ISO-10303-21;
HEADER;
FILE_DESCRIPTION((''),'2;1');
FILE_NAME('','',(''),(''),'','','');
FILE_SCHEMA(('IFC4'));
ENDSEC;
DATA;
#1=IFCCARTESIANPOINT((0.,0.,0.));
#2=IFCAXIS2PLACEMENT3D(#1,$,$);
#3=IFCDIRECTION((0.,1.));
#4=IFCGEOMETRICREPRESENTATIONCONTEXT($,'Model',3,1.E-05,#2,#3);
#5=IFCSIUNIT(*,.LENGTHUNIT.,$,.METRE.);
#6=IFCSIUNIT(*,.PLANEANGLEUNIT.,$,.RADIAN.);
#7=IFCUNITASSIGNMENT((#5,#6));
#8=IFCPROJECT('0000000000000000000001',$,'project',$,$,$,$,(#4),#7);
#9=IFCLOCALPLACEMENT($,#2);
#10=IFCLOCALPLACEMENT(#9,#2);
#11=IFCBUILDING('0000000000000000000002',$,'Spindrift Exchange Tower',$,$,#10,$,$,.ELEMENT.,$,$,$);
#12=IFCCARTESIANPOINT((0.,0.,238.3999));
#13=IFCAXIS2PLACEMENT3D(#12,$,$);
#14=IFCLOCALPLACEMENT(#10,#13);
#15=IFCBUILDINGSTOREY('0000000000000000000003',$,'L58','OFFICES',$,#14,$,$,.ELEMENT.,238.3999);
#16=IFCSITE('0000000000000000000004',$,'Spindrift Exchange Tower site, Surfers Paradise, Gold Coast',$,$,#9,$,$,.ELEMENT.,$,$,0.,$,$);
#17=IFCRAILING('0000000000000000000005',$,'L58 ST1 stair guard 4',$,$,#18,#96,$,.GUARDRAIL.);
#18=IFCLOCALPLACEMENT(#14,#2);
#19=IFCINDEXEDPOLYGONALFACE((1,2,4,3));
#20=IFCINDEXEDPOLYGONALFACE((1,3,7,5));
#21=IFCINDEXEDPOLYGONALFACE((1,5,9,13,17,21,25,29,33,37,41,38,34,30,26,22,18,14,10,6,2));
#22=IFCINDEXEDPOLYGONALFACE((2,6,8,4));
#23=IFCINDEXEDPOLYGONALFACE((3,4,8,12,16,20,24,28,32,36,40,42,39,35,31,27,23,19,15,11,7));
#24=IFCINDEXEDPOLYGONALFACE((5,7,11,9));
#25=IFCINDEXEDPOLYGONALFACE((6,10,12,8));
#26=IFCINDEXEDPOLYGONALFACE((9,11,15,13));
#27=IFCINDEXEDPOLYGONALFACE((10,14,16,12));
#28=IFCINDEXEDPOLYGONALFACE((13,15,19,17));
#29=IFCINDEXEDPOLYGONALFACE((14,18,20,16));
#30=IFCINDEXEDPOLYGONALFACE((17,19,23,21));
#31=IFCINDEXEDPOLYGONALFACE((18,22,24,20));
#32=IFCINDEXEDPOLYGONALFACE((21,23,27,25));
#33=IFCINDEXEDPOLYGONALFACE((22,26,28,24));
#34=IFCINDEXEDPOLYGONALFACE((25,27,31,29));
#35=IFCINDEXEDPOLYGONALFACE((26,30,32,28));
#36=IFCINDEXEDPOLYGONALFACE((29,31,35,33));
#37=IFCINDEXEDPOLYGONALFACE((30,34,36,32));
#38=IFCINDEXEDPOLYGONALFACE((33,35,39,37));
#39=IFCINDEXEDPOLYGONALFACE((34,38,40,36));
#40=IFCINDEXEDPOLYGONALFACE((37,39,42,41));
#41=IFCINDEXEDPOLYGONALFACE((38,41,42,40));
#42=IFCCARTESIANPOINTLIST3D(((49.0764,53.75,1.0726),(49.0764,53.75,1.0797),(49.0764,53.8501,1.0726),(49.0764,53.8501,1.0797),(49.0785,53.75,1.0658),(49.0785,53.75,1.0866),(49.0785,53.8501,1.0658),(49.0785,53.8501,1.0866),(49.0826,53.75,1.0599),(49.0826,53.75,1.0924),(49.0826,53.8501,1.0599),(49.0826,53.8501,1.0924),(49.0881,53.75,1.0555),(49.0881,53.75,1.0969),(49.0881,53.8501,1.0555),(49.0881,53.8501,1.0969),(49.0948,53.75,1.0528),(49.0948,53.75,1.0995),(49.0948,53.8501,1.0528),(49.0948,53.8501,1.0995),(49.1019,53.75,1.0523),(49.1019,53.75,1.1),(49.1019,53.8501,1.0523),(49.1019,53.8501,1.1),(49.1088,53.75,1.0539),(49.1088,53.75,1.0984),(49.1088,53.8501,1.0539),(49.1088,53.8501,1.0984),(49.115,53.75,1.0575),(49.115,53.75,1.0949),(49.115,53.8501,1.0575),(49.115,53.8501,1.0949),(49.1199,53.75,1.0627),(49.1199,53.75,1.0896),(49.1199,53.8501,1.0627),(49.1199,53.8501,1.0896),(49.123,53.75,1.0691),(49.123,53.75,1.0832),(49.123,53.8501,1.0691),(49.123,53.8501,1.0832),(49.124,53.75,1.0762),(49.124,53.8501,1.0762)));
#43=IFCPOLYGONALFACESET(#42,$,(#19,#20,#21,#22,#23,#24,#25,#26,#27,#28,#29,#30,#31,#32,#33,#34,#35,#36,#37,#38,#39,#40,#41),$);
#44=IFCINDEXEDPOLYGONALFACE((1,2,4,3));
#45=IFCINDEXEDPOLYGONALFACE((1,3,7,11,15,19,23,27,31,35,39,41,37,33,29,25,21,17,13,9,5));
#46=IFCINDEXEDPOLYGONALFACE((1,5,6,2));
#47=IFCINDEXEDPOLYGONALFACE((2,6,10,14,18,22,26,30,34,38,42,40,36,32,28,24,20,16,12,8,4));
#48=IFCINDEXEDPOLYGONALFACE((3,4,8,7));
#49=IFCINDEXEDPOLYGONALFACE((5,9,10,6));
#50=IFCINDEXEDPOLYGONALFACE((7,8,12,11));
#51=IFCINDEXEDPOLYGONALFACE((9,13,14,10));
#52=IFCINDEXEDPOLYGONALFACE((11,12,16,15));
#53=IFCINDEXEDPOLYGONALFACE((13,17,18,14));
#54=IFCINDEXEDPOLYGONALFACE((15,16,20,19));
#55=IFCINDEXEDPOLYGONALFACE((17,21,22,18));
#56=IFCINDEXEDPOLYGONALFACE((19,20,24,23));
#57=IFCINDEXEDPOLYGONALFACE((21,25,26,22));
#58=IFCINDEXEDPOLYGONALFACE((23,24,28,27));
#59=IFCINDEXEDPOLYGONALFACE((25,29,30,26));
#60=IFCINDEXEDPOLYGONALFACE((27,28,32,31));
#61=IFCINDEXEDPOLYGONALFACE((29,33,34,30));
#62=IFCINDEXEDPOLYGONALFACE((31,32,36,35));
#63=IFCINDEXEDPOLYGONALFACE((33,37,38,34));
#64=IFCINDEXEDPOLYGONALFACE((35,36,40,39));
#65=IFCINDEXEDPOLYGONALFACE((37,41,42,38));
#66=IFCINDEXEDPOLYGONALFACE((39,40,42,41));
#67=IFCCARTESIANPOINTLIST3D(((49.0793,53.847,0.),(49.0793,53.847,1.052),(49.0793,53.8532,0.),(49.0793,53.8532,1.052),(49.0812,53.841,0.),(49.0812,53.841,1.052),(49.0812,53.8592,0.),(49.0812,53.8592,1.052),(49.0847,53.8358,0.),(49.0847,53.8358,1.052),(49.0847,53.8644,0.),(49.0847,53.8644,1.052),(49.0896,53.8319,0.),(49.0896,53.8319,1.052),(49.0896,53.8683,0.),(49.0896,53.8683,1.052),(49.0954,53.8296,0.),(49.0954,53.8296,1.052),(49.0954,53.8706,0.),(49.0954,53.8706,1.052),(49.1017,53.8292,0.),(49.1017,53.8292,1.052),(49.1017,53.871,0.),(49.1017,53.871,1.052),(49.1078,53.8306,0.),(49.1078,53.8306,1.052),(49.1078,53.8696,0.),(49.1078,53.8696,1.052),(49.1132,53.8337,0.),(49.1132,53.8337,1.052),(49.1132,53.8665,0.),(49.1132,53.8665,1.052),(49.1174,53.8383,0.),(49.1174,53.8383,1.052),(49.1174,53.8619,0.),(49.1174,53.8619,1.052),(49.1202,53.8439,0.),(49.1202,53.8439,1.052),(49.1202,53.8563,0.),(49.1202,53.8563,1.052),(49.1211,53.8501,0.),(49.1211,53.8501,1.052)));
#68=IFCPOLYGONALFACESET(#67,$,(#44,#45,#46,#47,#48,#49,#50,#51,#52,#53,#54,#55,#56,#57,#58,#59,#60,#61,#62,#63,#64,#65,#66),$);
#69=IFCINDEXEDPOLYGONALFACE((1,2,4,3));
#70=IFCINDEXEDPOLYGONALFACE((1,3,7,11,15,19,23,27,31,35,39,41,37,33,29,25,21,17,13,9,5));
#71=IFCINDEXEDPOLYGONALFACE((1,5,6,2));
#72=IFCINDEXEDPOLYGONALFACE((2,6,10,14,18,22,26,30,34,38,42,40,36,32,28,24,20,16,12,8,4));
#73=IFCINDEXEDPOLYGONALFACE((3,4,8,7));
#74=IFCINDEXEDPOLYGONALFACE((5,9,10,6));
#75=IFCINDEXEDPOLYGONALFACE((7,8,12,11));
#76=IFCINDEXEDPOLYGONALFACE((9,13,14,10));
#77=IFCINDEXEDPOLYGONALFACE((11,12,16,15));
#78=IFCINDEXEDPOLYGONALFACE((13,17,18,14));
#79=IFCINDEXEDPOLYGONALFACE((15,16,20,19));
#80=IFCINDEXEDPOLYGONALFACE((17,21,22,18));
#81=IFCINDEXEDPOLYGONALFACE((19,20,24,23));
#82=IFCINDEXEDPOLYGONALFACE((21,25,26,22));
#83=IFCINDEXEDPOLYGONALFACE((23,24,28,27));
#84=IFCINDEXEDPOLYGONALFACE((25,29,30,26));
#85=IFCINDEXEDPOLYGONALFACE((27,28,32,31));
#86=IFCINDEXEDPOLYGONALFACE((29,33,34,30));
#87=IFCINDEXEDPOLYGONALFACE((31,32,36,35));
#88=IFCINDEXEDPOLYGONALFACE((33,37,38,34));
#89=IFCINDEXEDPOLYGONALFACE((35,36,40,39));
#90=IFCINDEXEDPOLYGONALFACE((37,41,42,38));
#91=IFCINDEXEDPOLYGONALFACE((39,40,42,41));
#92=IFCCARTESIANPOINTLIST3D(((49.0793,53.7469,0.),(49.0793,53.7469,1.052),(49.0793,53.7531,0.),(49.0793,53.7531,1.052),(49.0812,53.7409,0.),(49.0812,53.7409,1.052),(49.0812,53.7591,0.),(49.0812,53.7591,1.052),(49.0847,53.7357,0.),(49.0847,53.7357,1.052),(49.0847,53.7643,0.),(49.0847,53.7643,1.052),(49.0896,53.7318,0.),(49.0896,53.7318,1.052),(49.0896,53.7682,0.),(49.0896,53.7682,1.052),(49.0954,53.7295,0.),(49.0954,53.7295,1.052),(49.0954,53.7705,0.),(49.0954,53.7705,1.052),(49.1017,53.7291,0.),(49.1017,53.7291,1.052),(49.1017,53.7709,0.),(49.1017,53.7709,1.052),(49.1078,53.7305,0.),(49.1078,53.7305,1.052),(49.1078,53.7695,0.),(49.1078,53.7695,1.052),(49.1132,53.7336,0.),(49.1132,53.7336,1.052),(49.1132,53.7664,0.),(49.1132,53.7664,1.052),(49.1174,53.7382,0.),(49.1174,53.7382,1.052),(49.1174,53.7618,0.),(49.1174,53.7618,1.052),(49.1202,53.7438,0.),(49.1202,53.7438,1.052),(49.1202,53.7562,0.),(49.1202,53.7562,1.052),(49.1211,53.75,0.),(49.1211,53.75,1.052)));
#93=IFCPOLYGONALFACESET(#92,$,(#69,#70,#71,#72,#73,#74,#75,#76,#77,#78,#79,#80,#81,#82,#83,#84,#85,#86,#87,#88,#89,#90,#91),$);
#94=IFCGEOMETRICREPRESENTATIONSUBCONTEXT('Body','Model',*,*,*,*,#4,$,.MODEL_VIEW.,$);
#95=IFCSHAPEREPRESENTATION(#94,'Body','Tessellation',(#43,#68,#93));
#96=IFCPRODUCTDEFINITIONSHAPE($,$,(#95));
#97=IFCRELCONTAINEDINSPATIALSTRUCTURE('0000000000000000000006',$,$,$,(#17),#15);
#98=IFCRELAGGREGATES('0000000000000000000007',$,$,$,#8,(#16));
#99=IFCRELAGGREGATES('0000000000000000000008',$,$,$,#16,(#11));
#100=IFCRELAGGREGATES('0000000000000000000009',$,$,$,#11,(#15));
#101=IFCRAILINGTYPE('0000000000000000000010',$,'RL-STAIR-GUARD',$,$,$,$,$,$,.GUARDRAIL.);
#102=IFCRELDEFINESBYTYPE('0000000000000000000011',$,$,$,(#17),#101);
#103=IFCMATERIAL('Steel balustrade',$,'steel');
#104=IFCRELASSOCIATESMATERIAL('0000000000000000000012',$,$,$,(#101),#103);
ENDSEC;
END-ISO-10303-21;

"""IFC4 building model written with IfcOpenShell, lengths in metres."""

from ifc_helpers import new_model, si_unit, direction, frame, origin, origin_2d, place, context, subcontext, project, spatial, circle, extrude, material, type_object, element, save


model = new_model("IFC4")

# Units and contexts
model_context = context("Model", 3, precision=1e-05, world=origin(), true_north=direction((0.0, 1.0)))
body_context = subcontext(model_context, "Body", "Model", "MODEL_VIEW")
ifc_project = project(units=[si_unit("LENGTHUNIT", "METRE"), si_unit("PLANEANGLEUNIT", "RADIAN")], contexts=[model_context])

# Site, building, storey
site_placement = place(None, origin())
site = spatial("IfcSite", under=ifc_project, at=site_placement, Name="Spindrift Exchange Tower site, Surfers Paradise, Gold Coast", CompositionType="ELEMENT", RefElevation=0.0)
building_placement = place(site_placement, origin())
building = spatial("IfcBuilding", under=site, at=building_placement, Name="Spindrift Exchange Tower", CompositionType="ELEMENT")
storey_placement = place(building_placement, frame((0.0, 0.0, 238.3999)))
storey = spatial("IfcBuildingStorey", under=building, at=storey_placement, Name="L58", Description="OFFICES", CompositionType="ELEMENT", Elevation=238.3999)

# Railing
ifc_material_1 = material(Name="Steel balustrade", Category="steel")
railing_type_1 = type_object("IfcRailingType", Name="RL-STAIR-GUARD", PredefinedType="GUARDRAIL", material=ifc_material_1)
railing_1_placement = place(storey_placement, frame((49.1001, 53.8501, 0.0)))
element("IfcRailing", 1, at=railing_1_placement, inside=storey, type_object=railing_type_1, Name="L58 ST1 stair guard 4", PredefinedType="GUARDRAIL", context=body_context, shape_type="SweptSolid", body=[
    extrude(circle(Radius=0.0239, at=origin_2d()), frame((0.0, 0.0, 1.0762), z_axis=(0.0, -1.0, 0.0), x_axis=(1.0, 0.0, 0.0)), (0.0, 0.0, 1.0), 0.1001),
    extrude(circle(Radius=0.021, at=origin_2d()), origin(), (0.0, 0.0, 1.0), 1.052),
    extrude(circle(Radius=0.021, at=origin_2d()), frame((0.0, -0.1001, 0.0)), (0.0, 0.0, 1.0), 1.052),
])

save(model, "model.ifc")
